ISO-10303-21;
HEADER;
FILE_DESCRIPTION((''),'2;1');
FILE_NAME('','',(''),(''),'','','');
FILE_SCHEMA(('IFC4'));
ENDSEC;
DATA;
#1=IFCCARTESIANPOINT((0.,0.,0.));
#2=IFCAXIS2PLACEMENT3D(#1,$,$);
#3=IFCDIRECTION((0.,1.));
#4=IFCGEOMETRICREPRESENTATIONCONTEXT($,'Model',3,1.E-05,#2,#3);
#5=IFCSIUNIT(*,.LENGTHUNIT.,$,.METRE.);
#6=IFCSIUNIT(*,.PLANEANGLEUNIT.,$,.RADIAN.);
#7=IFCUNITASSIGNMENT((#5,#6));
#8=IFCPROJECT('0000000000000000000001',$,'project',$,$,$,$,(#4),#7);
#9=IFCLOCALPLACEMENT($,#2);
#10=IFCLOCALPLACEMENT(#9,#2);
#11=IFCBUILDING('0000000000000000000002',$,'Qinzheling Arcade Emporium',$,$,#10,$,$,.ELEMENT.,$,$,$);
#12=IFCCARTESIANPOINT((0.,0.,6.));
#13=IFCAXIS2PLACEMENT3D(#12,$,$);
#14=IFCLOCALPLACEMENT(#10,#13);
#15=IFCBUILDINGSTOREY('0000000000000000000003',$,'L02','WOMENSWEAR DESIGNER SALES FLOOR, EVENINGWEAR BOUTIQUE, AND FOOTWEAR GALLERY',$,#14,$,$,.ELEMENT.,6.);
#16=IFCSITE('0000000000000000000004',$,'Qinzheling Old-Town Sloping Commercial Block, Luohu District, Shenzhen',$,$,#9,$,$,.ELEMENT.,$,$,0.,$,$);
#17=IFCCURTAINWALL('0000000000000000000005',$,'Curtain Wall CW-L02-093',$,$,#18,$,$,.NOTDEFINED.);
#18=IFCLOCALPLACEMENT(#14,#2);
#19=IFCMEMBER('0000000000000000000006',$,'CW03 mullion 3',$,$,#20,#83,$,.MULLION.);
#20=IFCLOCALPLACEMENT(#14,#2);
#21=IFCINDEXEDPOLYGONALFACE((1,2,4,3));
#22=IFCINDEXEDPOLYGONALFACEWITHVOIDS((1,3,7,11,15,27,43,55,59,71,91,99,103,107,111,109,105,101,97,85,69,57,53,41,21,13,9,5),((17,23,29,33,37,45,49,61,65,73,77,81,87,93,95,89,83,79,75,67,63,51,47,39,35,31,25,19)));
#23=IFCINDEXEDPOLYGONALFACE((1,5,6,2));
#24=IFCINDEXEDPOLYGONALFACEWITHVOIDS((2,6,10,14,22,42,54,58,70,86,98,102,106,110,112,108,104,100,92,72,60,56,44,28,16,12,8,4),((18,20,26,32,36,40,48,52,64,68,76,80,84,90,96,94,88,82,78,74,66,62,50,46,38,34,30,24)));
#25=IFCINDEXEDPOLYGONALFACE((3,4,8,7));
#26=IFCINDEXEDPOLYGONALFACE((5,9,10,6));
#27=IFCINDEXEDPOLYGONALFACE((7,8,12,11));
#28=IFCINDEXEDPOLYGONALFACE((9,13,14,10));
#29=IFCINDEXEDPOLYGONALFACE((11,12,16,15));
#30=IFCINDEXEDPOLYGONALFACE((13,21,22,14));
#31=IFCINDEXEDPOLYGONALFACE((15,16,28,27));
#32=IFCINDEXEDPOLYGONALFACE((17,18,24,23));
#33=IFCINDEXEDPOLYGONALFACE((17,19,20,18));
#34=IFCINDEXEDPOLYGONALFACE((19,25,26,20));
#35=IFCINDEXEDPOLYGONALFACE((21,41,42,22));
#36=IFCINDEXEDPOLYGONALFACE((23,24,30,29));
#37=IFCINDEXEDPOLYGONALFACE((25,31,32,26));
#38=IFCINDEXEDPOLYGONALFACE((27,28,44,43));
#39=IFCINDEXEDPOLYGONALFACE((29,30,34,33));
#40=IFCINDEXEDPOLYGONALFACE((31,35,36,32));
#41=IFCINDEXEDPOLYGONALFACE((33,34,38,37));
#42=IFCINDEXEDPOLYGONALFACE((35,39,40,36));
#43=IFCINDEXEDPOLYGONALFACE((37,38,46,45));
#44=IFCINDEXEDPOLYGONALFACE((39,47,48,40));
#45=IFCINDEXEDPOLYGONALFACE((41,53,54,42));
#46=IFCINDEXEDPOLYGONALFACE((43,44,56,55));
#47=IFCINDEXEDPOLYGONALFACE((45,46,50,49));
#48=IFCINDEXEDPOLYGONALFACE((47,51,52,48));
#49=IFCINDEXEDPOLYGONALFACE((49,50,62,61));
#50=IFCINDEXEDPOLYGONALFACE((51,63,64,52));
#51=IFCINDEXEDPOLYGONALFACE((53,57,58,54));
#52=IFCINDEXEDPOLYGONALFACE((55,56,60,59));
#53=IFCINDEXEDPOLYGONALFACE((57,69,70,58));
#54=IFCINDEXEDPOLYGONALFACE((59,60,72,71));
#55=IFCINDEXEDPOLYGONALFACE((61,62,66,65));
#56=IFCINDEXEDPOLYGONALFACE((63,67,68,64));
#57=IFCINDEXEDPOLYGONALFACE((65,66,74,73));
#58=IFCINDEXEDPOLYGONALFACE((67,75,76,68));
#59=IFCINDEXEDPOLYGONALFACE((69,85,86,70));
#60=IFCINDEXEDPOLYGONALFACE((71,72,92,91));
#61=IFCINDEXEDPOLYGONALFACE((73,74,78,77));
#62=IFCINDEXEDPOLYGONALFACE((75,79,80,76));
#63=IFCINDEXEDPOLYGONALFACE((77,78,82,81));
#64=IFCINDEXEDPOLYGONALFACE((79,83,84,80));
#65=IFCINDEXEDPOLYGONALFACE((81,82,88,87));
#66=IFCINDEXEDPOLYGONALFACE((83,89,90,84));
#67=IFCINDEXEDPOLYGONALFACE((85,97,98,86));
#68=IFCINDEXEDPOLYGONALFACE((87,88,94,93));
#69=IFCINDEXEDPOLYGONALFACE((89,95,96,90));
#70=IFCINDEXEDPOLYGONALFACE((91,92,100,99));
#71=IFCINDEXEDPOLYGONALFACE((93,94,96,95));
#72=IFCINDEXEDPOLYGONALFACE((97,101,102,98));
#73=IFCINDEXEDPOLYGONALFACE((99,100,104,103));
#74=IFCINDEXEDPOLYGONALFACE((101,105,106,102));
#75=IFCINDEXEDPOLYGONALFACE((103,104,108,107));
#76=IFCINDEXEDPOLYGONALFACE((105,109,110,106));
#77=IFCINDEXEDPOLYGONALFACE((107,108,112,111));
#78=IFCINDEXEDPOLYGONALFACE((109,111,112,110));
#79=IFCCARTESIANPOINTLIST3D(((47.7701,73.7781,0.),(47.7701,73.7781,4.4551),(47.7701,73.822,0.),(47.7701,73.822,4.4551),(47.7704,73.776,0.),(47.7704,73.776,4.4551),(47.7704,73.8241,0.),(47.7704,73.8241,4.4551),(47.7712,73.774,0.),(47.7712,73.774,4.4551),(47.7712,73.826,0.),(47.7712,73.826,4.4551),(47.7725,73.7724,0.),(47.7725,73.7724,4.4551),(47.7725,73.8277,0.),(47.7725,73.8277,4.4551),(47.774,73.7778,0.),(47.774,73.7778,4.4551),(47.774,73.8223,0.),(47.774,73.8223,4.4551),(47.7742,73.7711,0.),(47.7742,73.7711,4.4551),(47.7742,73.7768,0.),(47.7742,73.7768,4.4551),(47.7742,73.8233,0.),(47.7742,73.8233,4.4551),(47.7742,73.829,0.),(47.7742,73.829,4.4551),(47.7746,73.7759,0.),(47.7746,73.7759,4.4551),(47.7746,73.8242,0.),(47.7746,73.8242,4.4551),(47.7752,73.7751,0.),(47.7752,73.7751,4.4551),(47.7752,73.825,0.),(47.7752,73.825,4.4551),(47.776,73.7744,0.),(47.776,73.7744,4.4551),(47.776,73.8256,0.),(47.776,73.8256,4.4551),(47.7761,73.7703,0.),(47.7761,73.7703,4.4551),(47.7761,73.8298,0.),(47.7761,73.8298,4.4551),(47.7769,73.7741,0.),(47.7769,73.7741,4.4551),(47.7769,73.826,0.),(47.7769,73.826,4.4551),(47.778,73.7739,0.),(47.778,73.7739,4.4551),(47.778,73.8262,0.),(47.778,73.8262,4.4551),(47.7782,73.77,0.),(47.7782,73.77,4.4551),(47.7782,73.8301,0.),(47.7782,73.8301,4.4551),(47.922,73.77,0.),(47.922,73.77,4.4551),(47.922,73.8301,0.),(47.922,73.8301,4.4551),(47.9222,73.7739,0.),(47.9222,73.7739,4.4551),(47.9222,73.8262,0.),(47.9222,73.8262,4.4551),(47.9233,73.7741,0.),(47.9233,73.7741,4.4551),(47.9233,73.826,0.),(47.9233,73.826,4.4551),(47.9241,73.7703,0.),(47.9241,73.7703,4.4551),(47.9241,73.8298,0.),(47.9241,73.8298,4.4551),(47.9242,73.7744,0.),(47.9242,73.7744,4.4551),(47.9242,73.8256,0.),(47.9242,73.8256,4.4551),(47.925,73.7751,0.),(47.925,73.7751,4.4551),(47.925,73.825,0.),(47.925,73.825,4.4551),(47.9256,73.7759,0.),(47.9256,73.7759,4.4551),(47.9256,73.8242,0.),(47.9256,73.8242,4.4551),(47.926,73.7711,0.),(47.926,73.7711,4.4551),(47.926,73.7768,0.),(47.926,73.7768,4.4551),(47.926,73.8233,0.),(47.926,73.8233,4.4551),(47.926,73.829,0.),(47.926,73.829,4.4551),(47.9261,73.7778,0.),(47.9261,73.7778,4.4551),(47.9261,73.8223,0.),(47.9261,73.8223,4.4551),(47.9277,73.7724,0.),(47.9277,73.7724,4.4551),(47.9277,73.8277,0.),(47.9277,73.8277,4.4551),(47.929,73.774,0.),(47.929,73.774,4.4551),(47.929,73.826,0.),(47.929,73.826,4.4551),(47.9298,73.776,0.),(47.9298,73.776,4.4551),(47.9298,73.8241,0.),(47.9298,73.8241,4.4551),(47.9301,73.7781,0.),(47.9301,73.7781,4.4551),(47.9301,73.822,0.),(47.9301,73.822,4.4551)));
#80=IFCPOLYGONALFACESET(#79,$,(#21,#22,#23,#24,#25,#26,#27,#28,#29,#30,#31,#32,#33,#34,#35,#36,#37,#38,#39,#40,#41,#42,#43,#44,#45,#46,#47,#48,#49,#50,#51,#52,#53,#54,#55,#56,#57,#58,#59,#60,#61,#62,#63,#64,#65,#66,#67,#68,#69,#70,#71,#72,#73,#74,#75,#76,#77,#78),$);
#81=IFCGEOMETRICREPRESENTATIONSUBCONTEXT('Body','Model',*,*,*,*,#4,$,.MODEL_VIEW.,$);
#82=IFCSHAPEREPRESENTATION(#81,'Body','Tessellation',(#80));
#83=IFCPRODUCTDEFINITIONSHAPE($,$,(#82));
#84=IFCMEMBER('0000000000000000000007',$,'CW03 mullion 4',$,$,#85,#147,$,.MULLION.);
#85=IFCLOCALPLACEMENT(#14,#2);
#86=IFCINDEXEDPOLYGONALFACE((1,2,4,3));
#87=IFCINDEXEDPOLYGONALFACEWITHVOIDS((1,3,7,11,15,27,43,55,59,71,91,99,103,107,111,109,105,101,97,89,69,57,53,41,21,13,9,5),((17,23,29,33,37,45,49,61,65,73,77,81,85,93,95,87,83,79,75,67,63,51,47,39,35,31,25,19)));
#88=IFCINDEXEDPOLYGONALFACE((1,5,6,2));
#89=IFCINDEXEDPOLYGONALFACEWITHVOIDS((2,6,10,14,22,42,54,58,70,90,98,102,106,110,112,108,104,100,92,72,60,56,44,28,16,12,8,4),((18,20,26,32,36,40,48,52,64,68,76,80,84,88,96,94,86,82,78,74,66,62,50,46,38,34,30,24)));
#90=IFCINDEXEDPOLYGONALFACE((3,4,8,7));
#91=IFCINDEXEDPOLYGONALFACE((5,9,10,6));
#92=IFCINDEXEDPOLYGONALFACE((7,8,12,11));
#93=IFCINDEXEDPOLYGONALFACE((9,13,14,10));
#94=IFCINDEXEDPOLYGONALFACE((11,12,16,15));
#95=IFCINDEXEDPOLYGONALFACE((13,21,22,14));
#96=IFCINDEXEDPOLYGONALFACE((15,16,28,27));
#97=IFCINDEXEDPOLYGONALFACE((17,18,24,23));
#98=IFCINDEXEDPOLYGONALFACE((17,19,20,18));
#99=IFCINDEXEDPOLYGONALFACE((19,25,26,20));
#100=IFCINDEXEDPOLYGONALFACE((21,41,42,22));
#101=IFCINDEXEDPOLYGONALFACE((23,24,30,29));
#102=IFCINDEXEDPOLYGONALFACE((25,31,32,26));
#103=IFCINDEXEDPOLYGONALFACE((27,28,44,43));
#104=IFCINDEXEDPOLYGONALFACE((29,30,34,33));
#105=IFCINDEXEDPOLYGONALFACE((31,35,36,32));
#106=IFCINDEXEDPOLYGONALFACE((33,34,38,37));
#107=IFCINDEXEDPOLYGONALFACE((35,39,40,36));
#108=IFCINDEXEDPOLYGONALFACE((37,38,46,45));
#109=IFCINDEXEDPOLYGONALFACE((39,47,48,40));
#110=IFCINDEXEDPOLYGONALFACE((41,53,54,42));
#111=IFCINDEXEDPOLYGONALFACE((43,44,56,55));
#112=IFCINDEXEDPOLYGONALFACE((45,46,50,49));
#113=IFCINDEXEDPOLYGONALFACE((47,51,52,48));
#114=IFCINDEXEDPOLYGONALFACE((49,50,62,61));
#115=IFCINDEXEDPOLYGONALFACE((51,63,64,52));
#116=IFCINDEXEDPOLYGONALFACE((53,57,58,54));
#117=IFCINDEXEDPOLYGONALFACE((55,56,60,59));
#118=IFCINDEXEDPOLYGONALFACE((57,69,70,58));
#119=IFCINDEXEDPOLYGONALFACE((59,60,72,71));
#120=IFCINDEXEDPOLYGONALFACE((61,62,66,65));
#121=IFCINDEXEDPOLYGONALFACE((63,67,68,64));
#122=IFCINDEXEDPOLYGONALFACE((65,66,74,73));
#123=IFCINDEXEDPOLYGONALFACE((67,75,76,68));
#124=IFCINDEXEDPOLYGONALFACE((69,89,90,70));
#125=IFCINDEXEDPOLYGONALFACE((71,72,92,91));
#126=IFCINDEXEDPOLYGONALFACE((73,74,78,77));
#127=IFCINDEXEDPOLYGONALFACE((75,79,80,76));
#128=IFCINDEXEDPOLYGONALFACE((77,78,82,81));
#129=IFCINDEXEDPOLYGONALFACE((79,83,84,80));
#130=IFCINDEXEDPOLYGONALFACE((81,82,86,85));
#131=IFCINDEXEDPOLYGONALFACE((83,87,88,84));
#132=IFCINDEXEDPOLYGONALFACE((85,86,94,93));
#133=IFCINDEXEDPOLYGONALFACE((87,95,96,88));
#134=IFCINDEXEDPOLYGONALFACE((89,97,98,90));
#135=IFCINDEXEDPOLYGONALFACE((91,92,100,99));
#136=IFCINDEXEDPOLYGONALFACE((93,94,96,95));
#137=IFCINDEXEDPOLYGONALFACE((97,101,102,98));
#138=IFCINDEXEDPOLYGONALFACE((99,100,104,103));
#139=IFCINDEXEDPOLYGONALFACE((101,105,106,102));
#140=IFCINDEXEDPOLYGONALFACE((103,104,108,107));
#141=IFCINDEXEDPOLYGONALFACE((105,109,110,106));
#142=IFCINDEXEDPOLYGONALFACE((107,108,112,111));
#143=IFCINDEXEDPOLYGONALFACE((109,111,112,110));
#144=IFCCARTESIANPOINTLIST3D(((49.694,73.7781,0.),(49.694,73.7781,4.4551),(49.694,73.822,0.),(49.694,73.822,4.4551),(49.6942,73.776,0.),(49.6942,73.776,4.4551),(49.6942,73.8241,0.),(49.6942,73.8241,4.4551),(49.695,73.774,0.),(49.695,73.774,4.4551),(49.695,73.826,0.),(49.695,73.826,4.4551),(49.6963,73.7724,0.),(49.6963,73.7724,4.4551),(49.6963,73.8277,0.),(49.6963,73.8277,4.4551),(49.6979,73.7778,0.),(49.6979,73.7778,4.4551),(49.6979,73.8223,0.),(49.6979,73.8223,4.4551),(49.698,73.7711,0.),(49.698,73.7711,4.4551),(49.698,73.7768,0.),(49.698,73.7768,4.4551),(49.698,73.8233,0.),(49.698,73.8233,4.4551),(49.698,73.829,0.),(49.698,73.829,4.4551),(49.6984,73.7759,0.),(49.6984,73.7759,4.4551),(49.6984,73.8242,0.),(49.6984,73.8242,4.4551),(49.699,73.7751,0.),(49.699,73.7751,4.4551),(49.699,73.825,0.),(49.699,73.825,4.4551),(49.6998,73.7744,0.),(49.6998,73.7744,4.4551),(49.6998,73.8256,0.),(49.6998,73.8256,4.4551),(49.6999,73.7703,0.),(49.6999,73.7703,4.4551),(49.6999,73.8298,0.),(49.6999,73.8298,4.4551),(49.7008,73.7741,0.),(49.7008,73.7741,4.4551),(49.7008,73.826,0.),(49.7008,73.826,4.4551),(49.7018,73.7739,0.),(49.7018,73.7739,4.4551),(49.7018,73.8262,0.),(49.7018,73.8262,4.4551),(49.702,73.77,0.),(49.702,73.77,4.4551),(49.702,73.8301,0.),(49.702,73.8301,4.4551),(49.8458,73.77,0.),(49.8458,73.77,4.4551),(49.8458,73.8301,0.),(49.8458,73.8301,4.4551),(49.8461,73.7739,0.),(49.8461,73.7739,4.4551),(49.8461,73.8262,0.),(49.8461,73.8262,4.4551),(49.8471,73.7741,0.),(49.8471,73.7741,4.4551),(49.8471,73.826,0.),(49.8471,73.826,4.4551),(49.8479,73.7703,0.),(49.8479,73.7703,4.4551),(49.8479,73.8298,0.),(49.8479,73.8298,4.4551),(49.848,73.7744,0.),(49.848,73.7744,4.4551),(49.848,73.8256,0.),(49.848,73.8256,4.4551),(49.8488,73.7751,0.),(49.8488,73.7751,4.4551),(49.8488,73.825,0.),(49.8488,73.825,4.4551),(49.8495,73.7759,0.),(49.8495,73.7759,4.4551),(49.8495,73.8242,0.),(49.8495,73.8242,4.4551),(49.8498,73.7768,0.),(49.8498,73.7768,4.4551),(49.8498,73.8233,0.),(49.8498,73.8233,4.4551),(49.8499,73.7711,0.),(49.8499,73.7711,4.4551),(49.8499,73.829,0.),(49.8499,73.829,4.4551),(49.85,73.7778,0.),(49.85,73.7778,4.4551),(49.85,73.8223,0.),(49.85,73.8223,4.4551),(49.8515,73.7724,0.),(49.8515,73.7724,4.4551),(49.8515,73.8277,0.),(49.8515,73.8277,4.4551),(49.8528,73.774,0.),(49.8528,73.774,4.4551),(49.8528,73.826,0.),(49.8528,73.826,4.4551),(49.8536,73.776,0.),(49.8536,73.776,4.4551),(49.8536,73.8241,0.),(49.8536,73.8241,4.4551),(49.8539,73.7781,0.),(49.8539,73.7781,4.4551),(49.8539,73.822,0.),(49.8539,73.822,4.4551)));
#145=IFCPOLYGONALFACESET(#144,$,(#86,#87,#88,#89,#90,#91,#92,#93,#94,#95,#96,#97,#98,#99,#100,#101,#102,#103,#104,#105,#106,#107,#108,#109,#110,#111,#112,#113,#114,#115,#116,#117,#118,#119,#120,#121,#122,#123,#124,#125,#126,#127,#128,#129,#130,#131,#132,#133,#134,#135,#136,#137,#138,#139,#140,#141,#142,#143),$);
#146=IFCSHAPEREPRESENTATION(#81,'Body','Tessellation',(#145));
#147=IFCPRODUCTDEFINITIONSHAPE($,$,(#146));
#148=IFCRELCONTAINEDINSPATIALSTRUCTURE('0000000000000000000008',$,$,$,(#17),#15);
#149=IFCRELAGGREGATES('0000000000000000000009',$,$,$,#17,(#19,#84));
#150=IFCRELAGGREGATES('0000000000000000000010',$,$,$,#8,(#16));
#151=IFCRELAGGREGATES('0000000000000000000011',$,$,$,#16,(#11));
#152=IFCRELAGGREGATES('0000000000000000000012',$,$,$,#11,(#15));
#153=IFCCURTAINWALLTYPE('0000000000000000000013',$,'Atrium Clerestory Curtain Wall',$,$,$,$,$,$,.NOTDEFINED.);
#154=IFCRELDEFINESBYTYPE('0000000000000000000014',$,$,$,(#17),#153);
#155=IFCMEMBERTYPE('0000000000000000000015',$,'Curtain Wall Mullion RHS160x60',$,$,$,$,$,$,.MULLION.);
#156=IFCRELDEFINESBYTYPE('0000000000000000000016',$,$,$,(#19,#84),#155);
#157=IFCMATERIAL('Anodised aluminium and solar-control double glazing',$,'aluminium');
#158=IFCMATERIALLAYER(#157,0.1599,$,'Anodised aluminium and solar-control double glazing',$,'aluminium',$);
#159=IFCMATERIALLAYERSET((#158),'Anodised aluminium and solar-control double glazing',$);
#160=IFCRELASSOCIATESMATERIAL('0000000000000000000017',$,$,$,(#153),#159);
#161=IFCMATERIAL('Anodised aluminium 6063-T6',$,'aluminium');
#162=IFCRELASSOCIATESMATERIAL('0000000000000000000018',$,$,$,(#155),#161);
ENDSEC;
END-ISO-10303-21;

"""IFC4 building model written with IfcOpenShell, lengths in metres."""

from ifc_helpers import new_model, si_unit, direction, frame, origin, origin_2d, place, context, subcontext, project, spatial, hollow_rectangle, extrude, material, layer, layer_set, material_profile, profile_set, type_object, element, aggregate, save


model = new_model("IFC4")

# Units and contexts
model_context = context("Model", 3, precision=1e-05, world=origin(), true_north=direction((0.0, 1.0)))
body_context = subcontext(model_context, "Body", "Model", "MODEL_VIEW")
ifc_project = project(units=[si_unit("LENGTHUNIT", "METRE"), si_unit("PLANEANGLEUNIT", "RADIAN")], contexts=[model_context])

# Site, building, storey
site_placement = place(None, origin())
site = spatial("IfcSite", under=ifc_project, at=site_placement, Name="Qinzheling Old-Town Sloping Commercial Block, Luohu District, Shenzhen", CompositionType="ELEMENT", RefElevation=0.0)
building_placement = place(site_placement, origin())
building = spatial("IfcBuilding", under=site, at=building_placement, Name="Qinzheling Arcade Emporium", CompositionType="ELEMENT")
storey_placement = place(building_placement, frame((0.0, 0.0, 6.0)))
storey = spatial("IfcBuildingStorey", under=building, at=storey_placement, Name="L02", Description="WOMENSWEAR DESIGNER SALES FLOOR, EVENINGWEAR BOUTIQUE, AND FOOTWEAR GALLERY", CompositionType="ELEMENT", Elevation=6.0)

# Curtain wall, members
ifc_material_1 = material(Name="Anodised aluminium and solar-control double glazing", Category="aluminium")
ifc_layer_1 = layer(ifc_material_1, 0.1599, Name="Anodised aluminium and solar-control double glazing", Category="aluminium")
ifc_layer_set_1 = layer_set([ifc_layer_1], Name="Anodised aluminium and solar-control double glazing")
curtain_wall_type = type_object("IfcCurtainWallType", Name="Atrium Clerestory Curtain Wall", PredefinedType="NOTDEFINED", material=ifc_layer_set_1)
curtain_wall_placement = place(storey_placement, origin())
curtain_wall = element("IfcCurtainWall", 1, at=curtain_wall_placement, inside=storey, type_object=curtain_wall_type, Name="Curtain Wall CW-L02-093", PredefinedType="NOTDEFINED")
ifc_material_2 = material(Name="Anodised aluminium 6063-T6", Category="aluminium")
ifc_material_profile_1 = material_profile(ifc_material_2, hollow_rectangle(XDim=0.0601, YDim=0.1599, WallThickness=0.0039, InnerFilletRadius=0.0039, OuterFilletRadius=0.0081, at=origin_2d()), Name="RHS 160x60x4", Category="aluminium")
ifc_profile_set_1 = profile_set([ifc_material_profile_1], Name="Anodised aluminium 6063-T6")
member_type_1 = type_object("IfcMemberType", Name="Curtain Wall Mullion RHS160x60", PredefinedType="MULLION", material=ifc_profile_set_1)
member_1_placement = place(storey_placement, frame((47.8501, 73.8, 0.0), z_axis=(0.0, 0.0, 1.0), x_axis=(0.0, 1.0, 0.0)))
member_1 = element("IfcMember", 2, at=member_1_placement, type_object=member_type_1, Name="CW03 mullion 3", PredefinedType="MULLION", context=body_context, shape_type="SweptSolid", body=[
    extrude(hollow_rectangle(XDim=0.0601, YDim=0.1599, WallThickness=0.0039, InnerFilletRadius=0.0039, OuterFilletRadius=0.0081, at=origin_2d()), origin(), (0.0, 0.0, 1.0), 4.4551),
])
member_2_placement = place(storey_placement, frame((49.7739, 73.8, 0.0), z_axis=(0.0, 0.0, 1.0), x_axis=(0.0, 1.0, 0.0)))
member_2 = element("IfcMember", 3, at=member_2_placement, type_object=member_type_1, Name="CW03 mullion 4", PredefinedType="MULLION", context=body_context, shape_type="SweptSolid", body=[
    extrude(hollow_rectangle(XDim=0.0601, YDim=0.1599, WallThickness=0.0039, InnerFilletRadius=0.0039, OuterFilletRadius=0.0081, at=origin_2d()), origin(), (0.0, 0.0, 1.0), 4.4551),
])
aggregate(curtain_wall, [member_1, member_2])

save(model, "model.ifc")
